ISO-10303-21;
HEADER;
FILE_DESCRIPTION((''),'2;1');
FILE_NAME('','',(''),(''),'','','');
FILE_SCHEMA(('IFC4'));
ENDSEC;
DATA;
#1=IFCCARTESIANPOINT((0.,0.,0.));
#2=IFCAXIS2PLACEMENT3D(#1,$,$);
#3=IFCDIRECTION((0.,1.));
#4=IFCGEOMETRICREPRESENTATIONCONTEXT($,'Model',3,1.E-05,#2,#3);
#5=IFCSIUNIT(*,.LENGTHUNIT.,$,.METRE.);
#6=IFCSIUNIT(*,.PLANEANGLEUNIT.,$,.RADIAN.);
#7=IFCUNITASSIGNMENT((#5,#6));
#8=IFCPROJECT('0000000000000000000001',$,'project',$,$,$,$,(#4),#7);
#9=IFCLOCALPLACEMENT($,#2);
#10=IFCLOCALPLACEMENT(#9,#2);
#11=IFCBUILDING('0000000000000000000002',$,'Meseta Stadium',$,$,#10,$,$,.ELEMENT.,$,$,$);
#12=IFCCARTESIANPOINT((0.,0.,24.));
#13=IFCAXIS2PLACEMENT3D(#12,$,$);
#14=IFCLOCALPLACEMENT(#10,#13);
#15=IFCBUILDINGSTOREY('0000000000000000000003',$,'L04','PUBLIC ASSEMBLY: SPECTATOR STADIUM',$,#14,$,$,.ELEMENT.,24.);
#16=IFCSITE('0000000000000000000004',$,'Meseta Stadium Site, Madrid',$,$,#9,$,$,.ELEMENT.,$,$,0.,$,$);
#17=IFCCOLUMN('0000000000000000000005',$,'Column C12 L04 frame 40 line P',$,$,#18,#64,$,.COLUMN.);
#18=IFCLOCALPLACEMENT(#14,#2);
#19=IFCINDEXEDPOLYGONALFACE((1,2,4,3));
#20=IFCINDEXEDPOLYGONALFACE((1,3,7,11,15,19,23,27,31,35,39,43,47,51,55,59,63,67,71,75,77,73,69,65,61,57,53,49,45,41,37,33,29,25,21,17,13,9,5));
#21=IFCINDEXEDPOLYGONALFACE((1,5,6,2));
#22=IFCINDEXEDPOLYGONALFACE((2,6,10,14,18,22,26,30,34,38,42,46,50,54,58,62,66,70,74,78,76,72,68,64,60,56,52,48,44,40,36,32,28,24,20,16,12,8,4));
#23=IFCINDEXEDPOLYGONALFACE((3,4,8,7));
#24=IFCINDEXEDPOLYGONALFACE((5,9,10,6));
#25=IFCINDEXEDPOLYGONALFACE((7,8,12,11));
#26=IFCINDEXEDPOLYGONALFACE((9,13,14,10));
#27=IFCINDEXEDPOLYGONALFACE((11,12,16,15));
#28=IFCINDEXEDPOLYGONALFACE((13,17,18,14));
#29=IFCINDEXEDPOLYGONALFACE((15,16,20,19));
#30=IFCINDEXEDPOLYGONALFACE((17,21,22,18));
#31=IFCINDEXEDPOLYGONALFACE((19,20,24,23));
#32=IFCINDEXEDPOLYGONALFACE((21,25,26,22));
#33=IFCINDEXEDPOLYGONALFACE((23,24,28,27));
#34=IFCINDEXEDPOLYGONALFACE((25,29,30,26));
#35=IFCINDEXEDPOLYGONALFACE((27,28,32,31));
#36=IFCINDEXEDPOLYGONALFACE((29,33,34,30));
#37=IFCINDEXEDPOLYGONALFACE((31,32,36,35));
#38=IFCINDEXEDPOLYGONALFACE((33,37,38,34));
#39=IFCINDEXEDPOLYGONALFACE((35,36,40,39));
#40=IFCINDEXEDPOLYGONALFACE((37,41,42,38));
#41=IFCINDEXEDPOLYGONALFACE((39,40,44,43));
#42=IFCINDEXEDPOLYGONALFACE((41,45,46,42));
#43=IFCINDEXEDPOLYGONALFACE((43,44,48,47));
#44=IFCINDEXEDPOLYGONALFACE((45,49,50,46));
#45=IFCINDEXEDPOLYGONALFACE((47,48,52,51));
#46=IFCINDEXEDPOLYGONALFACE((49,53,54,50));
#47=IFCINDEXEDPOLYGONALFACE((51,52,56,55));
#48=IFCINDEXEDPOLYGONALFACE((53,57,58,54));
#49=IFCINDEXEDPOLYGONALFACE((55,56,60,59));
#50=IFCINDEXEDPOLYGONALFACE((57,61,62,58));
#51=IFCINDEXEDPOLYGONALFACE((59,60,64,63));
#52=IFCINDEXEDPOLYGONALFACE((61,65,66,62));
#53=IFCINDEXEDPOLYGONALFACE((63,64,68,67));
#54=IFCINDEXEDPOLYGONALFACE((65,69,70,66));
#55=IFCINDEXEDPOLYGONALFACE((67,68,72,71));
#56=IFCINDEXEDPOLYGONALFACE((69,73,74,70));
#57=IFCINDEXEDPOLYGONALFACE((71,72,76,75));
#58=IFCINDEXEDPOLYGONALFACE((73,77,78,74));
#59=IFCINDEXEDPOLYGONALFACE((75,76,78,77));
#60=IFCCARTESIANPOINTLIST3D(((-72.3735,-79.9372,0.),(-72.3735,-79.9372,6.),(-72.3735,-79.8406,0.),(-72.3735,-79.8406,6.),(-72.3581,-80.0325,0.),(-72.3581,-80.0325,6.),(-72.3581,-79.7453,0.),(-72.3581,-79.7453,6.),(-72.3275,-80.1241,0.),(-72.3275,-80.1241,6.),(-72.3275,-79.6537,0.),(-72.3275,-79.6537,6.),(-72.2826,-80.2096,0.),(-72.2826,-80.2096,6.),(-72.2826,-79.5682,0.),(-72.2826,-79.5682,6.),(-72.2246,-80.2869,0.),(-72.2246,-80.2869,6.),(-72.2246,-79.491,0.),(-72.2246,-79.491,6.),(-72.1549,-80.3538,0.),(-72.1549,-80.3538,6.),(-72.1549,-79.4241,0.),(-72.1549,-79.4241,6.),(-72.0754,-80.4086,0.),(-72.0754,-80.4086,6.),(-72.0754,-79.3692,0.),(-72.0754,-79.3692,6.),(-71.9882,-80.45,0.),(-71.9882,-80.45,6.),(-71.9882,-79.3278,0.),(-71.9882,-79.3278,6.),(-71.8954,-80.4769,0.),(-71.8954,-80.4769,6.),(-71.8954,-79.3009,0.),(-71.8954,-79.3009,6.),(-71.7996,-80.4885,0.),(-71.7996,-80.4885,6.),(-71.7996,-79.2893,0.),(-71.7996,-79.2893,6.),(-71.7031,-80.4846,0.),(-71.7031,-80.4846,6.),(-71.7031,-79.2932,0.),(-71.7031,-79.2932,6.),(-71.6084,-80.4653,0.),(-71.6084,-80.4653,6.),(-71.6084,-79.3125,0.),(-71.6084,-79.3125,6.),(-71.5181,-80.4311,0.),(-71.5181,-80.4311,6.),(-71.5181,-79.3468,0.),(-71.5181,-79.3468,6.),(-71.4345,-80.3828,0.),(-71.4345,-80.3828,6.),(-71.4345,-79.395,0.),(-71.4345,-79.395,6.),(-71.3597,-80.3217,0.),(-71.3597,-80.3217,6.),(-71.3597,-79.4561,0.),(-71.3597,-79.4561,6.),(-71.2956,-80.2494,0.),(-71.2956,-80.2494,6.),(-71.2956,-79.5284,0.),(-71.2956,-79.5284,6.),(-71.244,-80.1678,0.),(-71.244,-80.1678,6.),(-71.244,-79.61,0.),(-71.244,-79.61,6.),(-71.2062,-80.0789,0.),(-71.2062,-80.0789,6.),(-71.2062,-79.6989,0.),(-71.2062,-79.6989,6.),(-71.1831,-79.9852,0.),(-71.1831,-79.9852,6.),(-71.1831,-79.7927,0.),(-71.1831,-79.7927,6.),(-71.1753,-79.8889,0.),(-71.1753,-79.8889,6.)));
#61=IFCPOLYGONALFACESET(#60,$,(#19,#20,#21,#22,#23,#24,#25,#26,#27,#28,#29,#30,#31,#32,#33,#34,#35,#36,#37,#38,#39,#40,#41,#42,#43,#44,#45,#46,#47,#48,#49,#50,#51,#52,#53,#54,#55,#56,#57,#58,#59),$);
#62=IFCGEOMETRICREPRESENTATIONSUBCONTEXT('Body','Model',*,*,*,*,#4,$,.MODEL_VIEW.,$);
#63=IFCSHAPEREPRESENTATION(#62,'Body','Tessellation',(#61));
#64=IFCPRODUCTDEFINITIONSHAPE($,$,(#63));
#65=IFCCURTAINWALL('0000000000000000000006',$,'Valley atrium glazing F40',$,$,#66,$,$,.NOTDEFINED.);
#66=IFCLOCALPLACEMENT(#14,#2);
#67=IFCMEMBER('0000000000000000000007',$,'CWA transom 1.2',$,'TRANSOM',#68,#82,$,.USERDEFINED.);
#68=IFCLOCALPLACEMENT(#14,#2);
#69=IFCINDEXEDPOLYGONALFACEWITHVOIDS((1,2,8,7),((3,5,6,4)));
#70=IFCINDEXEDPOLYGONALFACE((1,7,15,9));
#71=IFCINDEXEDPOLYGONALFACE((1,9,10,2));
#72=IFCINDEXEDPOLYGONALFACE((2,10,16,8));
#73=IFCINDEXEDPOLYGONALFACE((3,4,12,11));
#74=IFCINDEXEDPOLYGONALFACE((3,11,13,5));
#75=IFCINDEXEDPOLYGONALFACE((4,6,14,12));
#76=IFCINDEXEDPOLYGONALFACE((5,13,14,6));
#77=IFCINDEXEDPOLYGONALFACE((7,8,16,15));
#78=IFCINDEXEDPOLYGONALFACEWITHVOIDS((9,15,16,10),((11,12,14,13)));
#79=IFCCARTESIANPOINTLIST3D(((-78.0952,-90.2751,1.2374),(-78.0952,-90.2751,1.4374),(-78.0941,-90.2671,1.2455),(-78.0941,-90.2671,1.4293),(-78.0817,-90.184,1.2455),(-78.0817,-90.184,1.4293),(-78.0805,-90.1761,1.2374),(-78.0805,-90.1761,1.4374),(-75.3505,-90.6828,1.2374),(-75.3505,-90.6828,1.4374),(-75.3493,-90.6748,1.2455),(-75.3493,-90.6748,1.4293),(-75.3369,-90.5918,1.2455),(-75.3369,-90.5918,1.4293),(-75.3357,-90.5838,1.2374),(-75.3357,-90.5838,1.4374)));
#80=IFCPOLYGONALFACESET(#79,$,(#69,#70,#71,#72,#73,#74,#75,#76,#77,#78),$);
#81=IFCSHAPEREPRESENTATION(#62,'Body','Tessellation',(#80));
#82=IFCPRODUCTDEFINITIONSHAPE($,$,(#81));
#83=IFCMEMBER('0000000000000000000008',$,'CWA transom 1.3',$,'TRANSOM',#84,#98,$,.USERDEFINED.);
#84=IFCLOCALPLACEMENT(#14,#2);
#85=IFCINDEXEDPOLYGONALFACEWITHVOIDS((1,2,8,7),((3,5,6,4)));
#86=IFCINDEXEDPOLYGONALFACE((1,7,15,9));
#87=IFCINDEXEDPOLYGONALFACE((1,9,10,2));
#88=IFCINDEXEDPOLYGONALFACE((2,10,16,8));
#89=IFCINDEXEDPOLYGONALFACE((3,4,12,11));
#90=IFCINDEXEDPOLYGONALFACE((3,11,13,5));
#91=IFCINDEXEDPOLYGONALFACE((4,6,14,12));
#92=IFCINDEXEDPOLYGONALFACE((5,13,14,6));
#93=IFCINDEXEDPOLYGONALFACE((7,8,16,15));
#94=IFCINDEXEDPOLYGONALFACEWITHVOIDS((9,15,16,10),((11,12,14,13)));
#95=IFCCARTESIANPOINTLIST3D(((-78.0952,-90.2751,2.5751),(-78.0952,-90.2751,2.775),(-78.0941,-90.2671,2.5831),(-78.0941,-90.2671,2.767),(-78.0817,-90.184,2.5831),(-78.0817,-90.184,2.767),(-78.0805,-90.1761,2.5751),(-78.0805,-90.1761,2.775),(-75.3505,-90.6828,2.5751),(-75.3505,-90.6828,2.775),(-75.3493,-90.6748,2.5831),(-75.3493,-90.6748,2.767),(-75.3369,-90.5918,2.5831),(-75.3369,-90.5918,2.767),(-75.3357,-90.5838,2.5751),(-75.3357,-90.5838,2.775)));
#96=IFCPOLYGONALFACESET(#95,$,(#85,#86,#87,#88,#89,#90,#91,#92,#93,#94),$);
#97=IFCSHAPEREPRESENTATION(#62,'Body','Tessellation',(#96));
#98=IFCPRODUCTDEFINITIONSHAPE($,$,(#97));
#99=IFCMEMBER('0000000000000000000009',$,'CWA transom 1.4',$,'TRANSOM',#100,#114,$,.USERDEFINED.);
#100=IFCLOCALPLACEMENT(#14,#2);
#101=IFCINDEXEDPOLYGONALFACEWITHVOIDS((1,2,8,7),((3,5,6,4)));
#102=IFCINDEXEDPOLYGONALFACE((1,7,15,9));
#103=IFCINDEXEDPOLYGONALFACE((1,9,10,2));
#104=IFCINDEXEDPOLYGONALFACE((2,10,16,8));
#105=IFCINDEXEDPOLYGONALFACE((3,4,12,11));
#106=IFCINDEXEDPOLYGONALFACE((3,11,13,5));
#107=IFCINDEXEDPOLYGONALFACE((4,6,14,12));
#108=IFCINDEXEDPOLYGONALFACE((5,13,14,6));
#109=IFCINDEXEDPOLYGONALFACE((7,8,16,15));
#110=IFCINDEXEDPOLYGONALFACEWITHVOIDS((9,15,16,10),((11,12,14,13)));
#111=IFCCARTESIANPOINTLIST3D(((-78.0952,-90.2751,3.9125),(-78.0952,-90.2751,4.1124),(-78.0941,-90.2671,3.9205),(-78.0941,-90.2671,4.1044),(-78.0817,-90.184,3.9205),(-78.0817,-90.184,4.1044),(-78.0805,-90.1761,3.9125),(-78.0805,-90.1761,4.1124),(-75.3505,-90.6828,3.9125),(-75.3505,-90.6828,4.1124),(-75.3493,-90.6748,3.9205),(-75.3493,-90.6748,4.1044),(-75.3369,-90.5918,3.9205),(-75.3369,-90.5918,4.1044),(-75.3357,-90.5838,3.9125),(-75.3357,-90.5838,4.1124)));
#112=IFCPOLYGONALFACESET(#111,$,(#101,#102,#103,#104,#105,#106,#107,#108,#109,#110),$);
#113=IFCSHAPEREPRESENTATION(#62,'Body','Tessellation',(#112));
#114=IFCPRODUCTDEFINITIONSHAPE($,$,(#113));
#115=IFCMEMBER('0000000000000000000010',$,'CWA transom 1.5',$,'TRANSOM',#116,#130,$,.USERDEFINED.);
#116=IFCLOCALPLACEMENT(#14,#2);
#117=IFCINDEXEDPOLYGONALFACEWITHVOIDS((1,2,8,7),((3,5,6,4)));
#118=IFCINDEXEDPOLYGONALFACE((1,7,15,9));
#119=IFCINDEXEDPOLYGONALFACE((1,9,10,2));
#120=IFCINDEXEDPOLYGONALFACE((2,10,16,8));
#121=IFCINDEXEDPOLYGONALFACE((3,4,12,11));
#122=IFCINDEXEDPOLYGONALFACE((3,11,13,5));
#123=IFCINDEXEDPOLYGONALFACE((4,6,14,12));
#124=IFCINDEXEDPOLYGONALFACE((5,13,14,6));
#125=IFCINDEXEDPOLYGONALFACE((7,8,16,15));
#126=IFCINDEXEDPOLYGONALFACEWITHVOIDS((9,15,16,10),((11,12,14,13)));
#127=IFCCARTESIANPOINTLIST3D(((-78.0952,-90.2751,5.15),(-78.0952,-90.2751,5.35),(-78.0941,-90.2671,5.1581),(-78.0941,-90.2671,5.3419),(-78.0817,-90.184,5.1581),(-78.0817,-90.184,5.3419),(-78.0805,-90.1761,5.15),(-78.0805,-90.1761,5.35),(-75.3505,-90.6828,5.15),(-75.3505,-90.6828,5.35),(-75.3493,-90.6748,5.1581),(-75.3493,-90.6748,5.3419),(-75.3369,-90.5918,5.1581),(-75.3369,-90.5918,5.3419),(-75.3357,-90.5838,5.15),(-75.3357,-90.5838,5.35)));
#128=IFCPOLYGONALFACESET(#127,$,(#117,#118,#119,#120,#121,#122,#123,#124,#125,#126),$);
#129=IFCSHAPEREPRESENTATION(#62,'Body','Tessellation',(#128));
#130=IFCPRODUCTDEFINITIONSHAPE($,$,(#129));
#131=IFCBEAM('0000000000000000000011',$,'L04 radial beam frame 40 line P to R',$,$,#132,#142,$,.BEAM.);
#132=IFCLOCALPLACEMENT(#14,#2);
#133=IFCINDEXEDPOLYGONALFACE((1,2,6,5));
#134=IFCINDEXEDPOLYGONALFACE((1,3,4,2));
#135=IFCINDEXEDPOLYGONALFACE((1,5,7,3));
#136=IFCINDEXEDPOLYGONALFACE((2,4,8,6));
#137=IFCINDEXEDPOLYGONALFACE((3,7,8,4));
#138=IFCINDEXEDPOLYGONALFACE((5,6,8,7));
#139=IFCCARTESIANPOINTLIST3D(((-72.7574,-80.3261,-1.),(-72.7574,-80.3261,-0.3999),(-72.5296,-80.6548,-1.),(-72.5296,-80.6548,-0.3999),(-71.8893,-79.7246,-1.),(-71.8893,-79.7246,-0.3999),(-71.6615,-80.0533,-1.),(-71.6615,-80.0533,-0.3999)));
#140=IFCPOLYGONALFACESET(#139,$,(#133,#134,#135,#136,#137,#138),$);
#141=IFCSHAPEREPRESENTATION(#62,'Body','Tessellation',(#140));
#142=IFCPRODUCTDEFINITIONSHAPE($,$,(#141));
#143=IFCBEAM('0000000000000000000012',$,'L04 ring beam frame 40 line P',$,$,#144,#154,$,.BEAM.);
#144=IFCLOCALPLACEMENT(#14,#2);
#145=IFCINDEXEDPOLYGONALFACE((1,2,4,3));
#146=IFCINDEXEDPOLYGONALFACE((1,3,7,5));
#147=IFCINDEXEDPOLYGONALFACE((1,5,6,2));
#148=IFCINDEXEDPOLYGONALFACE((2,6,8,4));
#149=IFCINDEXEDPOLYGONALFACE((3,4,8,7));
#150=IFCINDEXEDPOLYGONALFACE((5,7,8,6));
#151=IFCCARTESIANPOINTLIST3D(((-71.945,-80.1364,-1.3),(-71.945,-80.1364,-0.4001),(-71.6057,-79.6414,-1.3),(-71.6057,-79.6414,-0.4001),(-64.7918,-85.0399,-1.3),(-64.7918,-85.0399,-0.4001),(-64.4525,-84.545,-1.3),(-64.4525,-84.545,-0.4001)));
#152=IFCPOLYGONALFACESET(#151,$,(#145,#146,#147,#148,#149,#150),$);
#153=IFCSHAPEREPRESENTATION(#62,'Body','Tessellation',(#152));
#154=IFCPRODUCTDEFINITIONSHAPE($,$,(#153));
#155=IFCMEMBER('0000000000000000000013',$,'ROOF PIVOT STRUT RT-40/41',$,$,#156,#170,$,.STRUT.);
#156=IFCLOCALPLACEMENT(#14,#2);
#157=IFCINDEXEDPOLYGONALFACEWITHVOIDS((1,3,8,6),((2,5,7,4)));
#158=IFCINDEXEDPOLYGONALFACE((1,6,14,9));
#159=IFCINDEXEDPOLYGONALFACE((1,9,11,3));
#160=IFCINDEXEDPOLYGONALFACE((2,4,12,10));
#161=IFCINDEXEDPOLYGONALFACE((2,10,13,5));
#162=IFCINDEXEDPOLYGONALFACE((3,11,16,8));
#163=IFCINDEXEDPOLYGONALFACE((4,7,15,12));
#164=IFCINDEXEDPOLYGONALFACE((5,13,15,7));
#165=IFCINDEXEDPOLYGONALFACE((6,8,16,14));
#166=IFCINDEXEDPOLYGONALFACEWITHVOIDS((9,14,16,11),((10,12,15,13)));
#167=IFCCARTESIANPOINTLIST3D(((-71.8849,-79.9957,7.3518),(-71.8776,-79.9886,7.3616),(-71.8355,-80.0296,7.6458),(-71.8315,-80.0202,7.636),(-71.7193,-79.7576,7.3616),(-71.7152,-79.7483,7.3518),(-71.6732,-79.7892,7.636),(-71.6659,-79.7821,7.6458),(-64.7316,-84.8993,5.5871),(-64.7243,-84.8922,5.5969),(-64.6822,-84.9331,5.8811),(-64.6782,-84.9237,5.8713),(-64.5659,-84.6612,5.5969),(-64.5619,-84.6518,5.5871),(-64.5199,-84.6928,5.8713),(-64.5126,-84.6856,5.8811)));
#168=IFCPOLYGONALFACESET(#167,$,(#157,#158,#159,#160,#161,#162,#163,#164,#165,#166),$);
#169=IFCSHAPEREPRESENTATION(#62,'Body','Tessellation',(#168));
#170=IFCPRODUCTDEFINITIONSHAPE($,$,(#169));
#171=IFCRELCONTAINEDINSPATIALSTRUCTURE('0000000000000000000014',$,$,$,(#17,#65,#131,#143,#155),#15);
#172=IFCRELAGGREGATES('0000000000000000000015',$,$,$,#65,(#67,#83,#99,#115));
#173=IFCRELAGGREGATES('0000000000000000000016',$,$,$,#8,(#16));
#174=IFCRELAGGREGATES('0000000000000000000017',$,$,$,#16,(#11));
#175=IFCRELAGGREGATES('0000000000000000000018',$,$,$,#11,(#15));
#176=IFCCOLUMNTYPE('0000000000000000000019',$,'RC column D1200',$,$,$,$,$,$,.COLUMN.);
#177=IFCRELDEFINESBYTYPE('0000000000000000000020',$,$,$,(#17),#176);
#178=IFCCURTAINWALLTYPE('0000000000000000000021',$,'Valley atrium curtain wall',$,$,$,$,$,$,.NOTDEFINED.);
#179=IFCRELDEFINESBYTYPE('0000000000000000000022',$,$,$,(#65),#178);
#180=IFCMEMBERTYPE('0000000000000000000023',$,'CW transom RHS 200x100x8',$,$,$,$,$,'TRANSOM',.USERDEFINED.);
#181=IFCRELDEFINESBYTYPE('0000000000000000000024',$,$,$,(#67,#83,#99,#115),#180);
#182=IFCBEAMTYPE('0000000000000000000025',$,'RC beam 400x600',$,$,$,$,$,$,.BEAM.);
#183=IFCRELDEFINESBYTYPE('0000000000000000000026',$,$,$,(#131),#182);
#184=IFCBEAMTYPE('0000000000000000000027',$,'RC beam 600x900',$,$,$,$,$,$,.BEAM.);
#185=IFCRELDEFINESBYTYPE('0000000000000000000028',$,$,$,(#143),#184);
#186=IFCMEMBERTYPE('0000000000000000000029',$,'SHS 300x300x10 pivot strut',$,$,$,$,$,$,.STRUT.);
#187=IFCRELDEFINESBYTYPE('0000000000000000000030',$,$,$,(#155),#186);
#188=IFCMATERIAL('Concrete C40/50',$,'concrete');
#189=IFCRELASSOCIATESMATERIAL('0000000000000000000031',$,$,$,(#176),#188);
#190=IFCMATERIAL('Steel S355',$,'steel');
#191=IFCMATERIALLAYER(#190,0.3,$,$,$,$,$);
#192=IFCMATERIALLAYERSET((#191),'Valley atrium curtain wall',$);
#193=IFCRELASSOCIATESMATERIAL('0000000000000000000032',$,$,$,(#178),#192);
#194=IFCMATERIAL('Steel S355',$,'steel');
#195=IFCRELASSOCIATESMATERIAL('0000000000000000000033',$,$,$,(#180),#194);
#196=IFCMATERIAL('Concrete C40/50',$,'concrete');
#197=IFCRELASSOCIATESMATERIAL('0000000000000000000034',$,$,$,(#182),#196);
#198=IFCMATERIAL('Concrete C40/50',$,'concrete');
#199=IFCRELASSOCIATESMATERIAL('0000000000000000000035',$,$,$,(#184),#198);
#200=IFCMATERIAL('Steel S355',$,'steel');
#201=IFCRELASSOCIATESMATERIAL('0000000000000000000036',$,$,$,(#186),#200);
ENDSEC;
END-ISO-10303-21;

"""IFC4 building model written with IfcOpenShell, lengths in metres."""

from ifc_helpers import new_model, si_unit, direction, frame, origin, origin_2d, place, context, subcontext, project, spatial, rectangle, hollow_rectangle, circle, extrude, material, layer, layer_set, material_profile, profile_set, type_object, element, aggregate, save


model = new_model("IFC4")

# Units and contexts
model_context = context("Model", 3, precision=1e-05, world=origin(), true_north=direction((0.0, 1.0)))
body_context = subcontext(model_context, "Body", "Model", "MODEL_VIEW")
ifc_project = project(units=[si_unit("LENGTHUNIT", "METRE"), si_unit("PLANEANGLEUNIT", "RADIAN")], contexts=[model_context])

# Site, building, storey
site_placement = place(None, origin())
site = spatial("IfcSite", under=ifc_project, at=site_placement, Name="Meseta Stadium Site, Madrid", CompositionType="ELEMENT", RefElevation=0.0)
building_placement = place(site_placement, origin())
building = spatial("IfcBuilding", under=site, at=building_placement, Name="Meseta Stadium", CompositionType="ELEMENT")
storey_placement = place(building_placement, frame((0.0, 0.0, 24.0)))
storey = spatial("IfcBuildingStorey", under=building, at=storey_placement, Name="L04", Description="PUBLIC ASSEMBLY: SPECTATOR STADIUM", CompositionType="ELEMENT", Elevation=24.0)

# Column
ifc_material_1 = material(Name="Concrete C40/50", Category="concrete")
ifc_material_profile_1 = material_profile(ifc_material_1, circle(Radius=0.6001, at=origin_2d()), Name="RC D1200")
ifc_profile_set_1 = profile_set([ifc_material_profile_1], Name="Concrete C40/50")
column_type = type_object("IfcColumnType", Name="RC column D1200", PredefinedType="COLUMN", material=ifc_profile_set_1)
column_placement = place(storey_placement, frame((-71.7754, -79.8889, 0.0), z_axis=(0.0, 0.0, 1.0), x_axis=(1.0, 0.0, 0.0)))
element("IfcColumn", 1, at=column_placement, inside=storey, type_object=column_type, Name="Column C12 L04 frame 40 line P", PredefinedType="COLUMN", context=body_context, shape_type="SweptSolid", body=[
    extrude(circle(Radius=0.6001, at=origin_2d()), origin(), (0.0, 0.0, 1.0), 6.0),
])

# Curtain wall, members
ifc_material_2 = material(Name="Steel S355", Category="steel")
ifc_layer_1 = layer(ifc_material_2, 0.3)
ifc_layer_set_1 = layer_set([ifc_layer_1], Name="Valley atrium curtain wall")
curtain_wall_type = type_object("IfcCurtainWallType", Name="Valley atrium curtain wall", PredefinedType="NOTDEFINED", material=ifc_layer_set_1)
curtain_wall_placement = place(storey_placement, origin())
curtain_wall = element("IfcCurtainWall", 2, at=curtain_wall_placement, inside=storey, type_object=curtain_wall_type, Name="Valley atrium glazing F40", PredefinedType="NOTDEFINED")
ifc_material_3 = material(Name="Steel S355", Category="steel")
ifc_material_profile_2 = material_profile(ifc_material_3, hollow_rectangle(XDim=0.1001, YDim=0.2, WallThickness=0.0081, at=origin_2d()), Name="RHS 200x100x8")
ifc_profile_set_2 = profile_set([ifc_material_profile_2], Name="Steel S355")
member_type_1 = type_object("IfcMemberType", Name="CW transom RHS 200x100x8", ElementType="TRANSOM", PredefinedType="USERDEFINED", material=ifc_profile_set_2)
member_1_placement = place(storey_placement, frame((-78.0879, -90.2256, 1.3374), z_axis=(0.989148, -0.146925, 0.0), x_axis=(0.146925, 0.989148, 0.0)))
member_1 = element("IfcMember", 3, at=member_1_placement, type_object=member_type_1, Name="CWA transom 1.2", ObjectType="TRANSOM", PredefinedType="USERDEFINED", context=body_context, shape_type="SweptSolid", body=[
    extrude(hollow_rectangle(XDim=0.1001, YDim=0.2, WallThickness=0.0081, at=origin_2d()), origin(), (0.0, 0.0, 1.0), 2.7749),
])
member_2_placement = place(storey_placement, frame((-78.0879, -90.2256, 2.675), z_axis=(0.989148, -0.146925, 0.0), x_axis=(0.146925, 0.989148, 0.0)))
member_2 = element("IfcMember", 4, at=member_2_placement, type_object=member_type_1, Name="CWA transom 1.3", ObjectType="TRANSOM", PredefinedType="USERDEFINED", context=body_context, shape_type="SweptSolid", body=[
    extrude(hollow_rectangle(XDim=0.1001, YDim=0.2, WallThickness=0.0081, at=origin_2d()), origin(), (0.0, 0.0, 1.0), 2.7749),
])
member_3_placement = place(storey_placement, frame((-78.0879, -90.2256, 4.0125), z_axis=(0.989148, -0.146925, 0.0), x_axis=(0.146925, 0.989148, 0.0)))
member_3 = element("IfcMember", 5, at=member_3_placement, type_object=member_type_1, Name="CWA transom 1.4", ObjectType="TRANSOM", PredefinedType="USERDEFINED", context=body_context, shape_type="SweptSolid", body=[
    extrude(hollow_rectangle(XDim=0.1001, YDim=0.2, WallThickness=0.0081, at=origin_2d()), origin(), (0.0, 0.0, 1.0), 2.7749),
])
member_4_placement = place(storey_placement, frame((-78.0879, -90.2256, 5.25), z_axis=(0.989148, -0.146925, 0.0), x_axis=(0.146925, 0.989148, 0.0)))
member_4 = element("IfcMember", 6, at=member_4_placement, type_object=member_type_1, Name="CWA transom 1.5", ObjectType="TRANSOM", PredefinedType="USERDEFINED", context=body_context, shape_type="SweptSolid", body=[
    extrude(hollow_rectangle(XDim=0.1001, YDim=0.2, WallThickness=0.0081, at=origin_2d()), origin(), (0.0, 0.0, 1.0), 2.7749),
])
aggregate(curtain_wall, [member_1, member_2, member_3, member_4])

# Beams
ifc_material_4 = material(Name="Concrete C40/50", Category="concrete")
ifc_material_profile_3 = material_profile(ifc_material_4, rectangle(XDim=0.3999, YDim=0.6001, at=origin_2d()), Name="RC 400x600")
ifc_profile_set_3 = profile_set([ifc_material_profile_3], Name="Concrete C40/50")
beam_type_1 = type_object("IfcBeamType", Name="RC beam 400x600", PredefinedType="BEAM", material=ifc_profile_set_3)
beam_1_placement = place(storey_placement, frame((-71.7754, -79.8889, -0.7), z_axis=(-0.821959, -0.569546, 0.0), x_axis=(0.569546, -0.821959, 0.0)))
element("IfcBeam", 7, at=beam_1_placement, inside=storey, type_object=beam_type_1, Name="L04 radial beam frame 40 line P to R", PredefinedType="BEAM", context=body_context, shape_type="SweptSolid", body=[
    extrude(rectangle(XDim=0.3999, YDim=0.6001, at=origin_2d()), origin(), (0.0, 0.0, 1.0), 1.0562),
])
ifc_material_5 = material(Name="Concrete C40/50", Category="concrete")
ifc_material_profile_4 = material_profile(ifc_material_5, rectangle(XDim=0.6001, YDim=0.8999, at=origin_2d()), Name="RC 600x900")
ifc_profile_set_4 = profile_set([ifc_material_profile_4], Name="Concrete C40/50")
beam_type_2 = type_object("IfcBeamType", Name="RC beam 600x900", PredefinedType="BEAM", material=ifc_profile_set_4)
beam_2_placement = place(storey_placement, frame((-71.7754, -79.8889, -0.8501), z_axis=(0.824813, -0.565405, 0.0), x_axis=(0.565405, 0.824813, 0.0)))
element("IfcBeam", 8, at=beam_2_placement, inside=storey, type_object=beam_type_2, Name="L04 ring beam frame 40 line P", PredefinedType="BEAM", context=body_context, shape_type="SweptSolid", body=[
    extrude(rectangle(XDim=0.6001, YDim=0.8999, at=origin_2d()), origin(), (0.0, 0.0, 1.0), 8.6726),
])

# Member
ifc_material_6 = material(Name="Steel S355", Category="steel")
ifc_material_profile_5 = material_profile(ifc_material_6, hollow_rectangle(XDim=0.3, YDim=0.3, WallThickness=0.01, at=origin_2d()), Name="SHS 300x300x10")
ifc_profile_set_5 = profile_set([ifc_material_profile_5], Name="Steel S355")
member_type_2 = type_object("IfcMemberType", Name="SHS 300x300x10 pivot strut", PredefinedType="STRUT", material=ifc_profile_set_5)
member_5_placement = place(storey_placement, frame((-71.7754, -79.8889, 7.4988), z_axis=(0.808252, -0.554052, -0.199387), x_axis=(0.565405, 0.824813, 0.0)))
element("IfcMember", 9, at=member_5_placement, inside=storey, type_object=member_type_2, Name="ROOF PIVOT STRUT RT-40/41", PredefinedType="STRUT", context=body_context, shape_type="SweptSolid", body=[
    extrude(hollow_rectangle(XDim=0.3, YDim=0.3, WallThickness=0.01, at=origin_2d()), origin(), (0.0, 0.0, 1.0), 8.8503),
])

save(model, "model.ifc")
